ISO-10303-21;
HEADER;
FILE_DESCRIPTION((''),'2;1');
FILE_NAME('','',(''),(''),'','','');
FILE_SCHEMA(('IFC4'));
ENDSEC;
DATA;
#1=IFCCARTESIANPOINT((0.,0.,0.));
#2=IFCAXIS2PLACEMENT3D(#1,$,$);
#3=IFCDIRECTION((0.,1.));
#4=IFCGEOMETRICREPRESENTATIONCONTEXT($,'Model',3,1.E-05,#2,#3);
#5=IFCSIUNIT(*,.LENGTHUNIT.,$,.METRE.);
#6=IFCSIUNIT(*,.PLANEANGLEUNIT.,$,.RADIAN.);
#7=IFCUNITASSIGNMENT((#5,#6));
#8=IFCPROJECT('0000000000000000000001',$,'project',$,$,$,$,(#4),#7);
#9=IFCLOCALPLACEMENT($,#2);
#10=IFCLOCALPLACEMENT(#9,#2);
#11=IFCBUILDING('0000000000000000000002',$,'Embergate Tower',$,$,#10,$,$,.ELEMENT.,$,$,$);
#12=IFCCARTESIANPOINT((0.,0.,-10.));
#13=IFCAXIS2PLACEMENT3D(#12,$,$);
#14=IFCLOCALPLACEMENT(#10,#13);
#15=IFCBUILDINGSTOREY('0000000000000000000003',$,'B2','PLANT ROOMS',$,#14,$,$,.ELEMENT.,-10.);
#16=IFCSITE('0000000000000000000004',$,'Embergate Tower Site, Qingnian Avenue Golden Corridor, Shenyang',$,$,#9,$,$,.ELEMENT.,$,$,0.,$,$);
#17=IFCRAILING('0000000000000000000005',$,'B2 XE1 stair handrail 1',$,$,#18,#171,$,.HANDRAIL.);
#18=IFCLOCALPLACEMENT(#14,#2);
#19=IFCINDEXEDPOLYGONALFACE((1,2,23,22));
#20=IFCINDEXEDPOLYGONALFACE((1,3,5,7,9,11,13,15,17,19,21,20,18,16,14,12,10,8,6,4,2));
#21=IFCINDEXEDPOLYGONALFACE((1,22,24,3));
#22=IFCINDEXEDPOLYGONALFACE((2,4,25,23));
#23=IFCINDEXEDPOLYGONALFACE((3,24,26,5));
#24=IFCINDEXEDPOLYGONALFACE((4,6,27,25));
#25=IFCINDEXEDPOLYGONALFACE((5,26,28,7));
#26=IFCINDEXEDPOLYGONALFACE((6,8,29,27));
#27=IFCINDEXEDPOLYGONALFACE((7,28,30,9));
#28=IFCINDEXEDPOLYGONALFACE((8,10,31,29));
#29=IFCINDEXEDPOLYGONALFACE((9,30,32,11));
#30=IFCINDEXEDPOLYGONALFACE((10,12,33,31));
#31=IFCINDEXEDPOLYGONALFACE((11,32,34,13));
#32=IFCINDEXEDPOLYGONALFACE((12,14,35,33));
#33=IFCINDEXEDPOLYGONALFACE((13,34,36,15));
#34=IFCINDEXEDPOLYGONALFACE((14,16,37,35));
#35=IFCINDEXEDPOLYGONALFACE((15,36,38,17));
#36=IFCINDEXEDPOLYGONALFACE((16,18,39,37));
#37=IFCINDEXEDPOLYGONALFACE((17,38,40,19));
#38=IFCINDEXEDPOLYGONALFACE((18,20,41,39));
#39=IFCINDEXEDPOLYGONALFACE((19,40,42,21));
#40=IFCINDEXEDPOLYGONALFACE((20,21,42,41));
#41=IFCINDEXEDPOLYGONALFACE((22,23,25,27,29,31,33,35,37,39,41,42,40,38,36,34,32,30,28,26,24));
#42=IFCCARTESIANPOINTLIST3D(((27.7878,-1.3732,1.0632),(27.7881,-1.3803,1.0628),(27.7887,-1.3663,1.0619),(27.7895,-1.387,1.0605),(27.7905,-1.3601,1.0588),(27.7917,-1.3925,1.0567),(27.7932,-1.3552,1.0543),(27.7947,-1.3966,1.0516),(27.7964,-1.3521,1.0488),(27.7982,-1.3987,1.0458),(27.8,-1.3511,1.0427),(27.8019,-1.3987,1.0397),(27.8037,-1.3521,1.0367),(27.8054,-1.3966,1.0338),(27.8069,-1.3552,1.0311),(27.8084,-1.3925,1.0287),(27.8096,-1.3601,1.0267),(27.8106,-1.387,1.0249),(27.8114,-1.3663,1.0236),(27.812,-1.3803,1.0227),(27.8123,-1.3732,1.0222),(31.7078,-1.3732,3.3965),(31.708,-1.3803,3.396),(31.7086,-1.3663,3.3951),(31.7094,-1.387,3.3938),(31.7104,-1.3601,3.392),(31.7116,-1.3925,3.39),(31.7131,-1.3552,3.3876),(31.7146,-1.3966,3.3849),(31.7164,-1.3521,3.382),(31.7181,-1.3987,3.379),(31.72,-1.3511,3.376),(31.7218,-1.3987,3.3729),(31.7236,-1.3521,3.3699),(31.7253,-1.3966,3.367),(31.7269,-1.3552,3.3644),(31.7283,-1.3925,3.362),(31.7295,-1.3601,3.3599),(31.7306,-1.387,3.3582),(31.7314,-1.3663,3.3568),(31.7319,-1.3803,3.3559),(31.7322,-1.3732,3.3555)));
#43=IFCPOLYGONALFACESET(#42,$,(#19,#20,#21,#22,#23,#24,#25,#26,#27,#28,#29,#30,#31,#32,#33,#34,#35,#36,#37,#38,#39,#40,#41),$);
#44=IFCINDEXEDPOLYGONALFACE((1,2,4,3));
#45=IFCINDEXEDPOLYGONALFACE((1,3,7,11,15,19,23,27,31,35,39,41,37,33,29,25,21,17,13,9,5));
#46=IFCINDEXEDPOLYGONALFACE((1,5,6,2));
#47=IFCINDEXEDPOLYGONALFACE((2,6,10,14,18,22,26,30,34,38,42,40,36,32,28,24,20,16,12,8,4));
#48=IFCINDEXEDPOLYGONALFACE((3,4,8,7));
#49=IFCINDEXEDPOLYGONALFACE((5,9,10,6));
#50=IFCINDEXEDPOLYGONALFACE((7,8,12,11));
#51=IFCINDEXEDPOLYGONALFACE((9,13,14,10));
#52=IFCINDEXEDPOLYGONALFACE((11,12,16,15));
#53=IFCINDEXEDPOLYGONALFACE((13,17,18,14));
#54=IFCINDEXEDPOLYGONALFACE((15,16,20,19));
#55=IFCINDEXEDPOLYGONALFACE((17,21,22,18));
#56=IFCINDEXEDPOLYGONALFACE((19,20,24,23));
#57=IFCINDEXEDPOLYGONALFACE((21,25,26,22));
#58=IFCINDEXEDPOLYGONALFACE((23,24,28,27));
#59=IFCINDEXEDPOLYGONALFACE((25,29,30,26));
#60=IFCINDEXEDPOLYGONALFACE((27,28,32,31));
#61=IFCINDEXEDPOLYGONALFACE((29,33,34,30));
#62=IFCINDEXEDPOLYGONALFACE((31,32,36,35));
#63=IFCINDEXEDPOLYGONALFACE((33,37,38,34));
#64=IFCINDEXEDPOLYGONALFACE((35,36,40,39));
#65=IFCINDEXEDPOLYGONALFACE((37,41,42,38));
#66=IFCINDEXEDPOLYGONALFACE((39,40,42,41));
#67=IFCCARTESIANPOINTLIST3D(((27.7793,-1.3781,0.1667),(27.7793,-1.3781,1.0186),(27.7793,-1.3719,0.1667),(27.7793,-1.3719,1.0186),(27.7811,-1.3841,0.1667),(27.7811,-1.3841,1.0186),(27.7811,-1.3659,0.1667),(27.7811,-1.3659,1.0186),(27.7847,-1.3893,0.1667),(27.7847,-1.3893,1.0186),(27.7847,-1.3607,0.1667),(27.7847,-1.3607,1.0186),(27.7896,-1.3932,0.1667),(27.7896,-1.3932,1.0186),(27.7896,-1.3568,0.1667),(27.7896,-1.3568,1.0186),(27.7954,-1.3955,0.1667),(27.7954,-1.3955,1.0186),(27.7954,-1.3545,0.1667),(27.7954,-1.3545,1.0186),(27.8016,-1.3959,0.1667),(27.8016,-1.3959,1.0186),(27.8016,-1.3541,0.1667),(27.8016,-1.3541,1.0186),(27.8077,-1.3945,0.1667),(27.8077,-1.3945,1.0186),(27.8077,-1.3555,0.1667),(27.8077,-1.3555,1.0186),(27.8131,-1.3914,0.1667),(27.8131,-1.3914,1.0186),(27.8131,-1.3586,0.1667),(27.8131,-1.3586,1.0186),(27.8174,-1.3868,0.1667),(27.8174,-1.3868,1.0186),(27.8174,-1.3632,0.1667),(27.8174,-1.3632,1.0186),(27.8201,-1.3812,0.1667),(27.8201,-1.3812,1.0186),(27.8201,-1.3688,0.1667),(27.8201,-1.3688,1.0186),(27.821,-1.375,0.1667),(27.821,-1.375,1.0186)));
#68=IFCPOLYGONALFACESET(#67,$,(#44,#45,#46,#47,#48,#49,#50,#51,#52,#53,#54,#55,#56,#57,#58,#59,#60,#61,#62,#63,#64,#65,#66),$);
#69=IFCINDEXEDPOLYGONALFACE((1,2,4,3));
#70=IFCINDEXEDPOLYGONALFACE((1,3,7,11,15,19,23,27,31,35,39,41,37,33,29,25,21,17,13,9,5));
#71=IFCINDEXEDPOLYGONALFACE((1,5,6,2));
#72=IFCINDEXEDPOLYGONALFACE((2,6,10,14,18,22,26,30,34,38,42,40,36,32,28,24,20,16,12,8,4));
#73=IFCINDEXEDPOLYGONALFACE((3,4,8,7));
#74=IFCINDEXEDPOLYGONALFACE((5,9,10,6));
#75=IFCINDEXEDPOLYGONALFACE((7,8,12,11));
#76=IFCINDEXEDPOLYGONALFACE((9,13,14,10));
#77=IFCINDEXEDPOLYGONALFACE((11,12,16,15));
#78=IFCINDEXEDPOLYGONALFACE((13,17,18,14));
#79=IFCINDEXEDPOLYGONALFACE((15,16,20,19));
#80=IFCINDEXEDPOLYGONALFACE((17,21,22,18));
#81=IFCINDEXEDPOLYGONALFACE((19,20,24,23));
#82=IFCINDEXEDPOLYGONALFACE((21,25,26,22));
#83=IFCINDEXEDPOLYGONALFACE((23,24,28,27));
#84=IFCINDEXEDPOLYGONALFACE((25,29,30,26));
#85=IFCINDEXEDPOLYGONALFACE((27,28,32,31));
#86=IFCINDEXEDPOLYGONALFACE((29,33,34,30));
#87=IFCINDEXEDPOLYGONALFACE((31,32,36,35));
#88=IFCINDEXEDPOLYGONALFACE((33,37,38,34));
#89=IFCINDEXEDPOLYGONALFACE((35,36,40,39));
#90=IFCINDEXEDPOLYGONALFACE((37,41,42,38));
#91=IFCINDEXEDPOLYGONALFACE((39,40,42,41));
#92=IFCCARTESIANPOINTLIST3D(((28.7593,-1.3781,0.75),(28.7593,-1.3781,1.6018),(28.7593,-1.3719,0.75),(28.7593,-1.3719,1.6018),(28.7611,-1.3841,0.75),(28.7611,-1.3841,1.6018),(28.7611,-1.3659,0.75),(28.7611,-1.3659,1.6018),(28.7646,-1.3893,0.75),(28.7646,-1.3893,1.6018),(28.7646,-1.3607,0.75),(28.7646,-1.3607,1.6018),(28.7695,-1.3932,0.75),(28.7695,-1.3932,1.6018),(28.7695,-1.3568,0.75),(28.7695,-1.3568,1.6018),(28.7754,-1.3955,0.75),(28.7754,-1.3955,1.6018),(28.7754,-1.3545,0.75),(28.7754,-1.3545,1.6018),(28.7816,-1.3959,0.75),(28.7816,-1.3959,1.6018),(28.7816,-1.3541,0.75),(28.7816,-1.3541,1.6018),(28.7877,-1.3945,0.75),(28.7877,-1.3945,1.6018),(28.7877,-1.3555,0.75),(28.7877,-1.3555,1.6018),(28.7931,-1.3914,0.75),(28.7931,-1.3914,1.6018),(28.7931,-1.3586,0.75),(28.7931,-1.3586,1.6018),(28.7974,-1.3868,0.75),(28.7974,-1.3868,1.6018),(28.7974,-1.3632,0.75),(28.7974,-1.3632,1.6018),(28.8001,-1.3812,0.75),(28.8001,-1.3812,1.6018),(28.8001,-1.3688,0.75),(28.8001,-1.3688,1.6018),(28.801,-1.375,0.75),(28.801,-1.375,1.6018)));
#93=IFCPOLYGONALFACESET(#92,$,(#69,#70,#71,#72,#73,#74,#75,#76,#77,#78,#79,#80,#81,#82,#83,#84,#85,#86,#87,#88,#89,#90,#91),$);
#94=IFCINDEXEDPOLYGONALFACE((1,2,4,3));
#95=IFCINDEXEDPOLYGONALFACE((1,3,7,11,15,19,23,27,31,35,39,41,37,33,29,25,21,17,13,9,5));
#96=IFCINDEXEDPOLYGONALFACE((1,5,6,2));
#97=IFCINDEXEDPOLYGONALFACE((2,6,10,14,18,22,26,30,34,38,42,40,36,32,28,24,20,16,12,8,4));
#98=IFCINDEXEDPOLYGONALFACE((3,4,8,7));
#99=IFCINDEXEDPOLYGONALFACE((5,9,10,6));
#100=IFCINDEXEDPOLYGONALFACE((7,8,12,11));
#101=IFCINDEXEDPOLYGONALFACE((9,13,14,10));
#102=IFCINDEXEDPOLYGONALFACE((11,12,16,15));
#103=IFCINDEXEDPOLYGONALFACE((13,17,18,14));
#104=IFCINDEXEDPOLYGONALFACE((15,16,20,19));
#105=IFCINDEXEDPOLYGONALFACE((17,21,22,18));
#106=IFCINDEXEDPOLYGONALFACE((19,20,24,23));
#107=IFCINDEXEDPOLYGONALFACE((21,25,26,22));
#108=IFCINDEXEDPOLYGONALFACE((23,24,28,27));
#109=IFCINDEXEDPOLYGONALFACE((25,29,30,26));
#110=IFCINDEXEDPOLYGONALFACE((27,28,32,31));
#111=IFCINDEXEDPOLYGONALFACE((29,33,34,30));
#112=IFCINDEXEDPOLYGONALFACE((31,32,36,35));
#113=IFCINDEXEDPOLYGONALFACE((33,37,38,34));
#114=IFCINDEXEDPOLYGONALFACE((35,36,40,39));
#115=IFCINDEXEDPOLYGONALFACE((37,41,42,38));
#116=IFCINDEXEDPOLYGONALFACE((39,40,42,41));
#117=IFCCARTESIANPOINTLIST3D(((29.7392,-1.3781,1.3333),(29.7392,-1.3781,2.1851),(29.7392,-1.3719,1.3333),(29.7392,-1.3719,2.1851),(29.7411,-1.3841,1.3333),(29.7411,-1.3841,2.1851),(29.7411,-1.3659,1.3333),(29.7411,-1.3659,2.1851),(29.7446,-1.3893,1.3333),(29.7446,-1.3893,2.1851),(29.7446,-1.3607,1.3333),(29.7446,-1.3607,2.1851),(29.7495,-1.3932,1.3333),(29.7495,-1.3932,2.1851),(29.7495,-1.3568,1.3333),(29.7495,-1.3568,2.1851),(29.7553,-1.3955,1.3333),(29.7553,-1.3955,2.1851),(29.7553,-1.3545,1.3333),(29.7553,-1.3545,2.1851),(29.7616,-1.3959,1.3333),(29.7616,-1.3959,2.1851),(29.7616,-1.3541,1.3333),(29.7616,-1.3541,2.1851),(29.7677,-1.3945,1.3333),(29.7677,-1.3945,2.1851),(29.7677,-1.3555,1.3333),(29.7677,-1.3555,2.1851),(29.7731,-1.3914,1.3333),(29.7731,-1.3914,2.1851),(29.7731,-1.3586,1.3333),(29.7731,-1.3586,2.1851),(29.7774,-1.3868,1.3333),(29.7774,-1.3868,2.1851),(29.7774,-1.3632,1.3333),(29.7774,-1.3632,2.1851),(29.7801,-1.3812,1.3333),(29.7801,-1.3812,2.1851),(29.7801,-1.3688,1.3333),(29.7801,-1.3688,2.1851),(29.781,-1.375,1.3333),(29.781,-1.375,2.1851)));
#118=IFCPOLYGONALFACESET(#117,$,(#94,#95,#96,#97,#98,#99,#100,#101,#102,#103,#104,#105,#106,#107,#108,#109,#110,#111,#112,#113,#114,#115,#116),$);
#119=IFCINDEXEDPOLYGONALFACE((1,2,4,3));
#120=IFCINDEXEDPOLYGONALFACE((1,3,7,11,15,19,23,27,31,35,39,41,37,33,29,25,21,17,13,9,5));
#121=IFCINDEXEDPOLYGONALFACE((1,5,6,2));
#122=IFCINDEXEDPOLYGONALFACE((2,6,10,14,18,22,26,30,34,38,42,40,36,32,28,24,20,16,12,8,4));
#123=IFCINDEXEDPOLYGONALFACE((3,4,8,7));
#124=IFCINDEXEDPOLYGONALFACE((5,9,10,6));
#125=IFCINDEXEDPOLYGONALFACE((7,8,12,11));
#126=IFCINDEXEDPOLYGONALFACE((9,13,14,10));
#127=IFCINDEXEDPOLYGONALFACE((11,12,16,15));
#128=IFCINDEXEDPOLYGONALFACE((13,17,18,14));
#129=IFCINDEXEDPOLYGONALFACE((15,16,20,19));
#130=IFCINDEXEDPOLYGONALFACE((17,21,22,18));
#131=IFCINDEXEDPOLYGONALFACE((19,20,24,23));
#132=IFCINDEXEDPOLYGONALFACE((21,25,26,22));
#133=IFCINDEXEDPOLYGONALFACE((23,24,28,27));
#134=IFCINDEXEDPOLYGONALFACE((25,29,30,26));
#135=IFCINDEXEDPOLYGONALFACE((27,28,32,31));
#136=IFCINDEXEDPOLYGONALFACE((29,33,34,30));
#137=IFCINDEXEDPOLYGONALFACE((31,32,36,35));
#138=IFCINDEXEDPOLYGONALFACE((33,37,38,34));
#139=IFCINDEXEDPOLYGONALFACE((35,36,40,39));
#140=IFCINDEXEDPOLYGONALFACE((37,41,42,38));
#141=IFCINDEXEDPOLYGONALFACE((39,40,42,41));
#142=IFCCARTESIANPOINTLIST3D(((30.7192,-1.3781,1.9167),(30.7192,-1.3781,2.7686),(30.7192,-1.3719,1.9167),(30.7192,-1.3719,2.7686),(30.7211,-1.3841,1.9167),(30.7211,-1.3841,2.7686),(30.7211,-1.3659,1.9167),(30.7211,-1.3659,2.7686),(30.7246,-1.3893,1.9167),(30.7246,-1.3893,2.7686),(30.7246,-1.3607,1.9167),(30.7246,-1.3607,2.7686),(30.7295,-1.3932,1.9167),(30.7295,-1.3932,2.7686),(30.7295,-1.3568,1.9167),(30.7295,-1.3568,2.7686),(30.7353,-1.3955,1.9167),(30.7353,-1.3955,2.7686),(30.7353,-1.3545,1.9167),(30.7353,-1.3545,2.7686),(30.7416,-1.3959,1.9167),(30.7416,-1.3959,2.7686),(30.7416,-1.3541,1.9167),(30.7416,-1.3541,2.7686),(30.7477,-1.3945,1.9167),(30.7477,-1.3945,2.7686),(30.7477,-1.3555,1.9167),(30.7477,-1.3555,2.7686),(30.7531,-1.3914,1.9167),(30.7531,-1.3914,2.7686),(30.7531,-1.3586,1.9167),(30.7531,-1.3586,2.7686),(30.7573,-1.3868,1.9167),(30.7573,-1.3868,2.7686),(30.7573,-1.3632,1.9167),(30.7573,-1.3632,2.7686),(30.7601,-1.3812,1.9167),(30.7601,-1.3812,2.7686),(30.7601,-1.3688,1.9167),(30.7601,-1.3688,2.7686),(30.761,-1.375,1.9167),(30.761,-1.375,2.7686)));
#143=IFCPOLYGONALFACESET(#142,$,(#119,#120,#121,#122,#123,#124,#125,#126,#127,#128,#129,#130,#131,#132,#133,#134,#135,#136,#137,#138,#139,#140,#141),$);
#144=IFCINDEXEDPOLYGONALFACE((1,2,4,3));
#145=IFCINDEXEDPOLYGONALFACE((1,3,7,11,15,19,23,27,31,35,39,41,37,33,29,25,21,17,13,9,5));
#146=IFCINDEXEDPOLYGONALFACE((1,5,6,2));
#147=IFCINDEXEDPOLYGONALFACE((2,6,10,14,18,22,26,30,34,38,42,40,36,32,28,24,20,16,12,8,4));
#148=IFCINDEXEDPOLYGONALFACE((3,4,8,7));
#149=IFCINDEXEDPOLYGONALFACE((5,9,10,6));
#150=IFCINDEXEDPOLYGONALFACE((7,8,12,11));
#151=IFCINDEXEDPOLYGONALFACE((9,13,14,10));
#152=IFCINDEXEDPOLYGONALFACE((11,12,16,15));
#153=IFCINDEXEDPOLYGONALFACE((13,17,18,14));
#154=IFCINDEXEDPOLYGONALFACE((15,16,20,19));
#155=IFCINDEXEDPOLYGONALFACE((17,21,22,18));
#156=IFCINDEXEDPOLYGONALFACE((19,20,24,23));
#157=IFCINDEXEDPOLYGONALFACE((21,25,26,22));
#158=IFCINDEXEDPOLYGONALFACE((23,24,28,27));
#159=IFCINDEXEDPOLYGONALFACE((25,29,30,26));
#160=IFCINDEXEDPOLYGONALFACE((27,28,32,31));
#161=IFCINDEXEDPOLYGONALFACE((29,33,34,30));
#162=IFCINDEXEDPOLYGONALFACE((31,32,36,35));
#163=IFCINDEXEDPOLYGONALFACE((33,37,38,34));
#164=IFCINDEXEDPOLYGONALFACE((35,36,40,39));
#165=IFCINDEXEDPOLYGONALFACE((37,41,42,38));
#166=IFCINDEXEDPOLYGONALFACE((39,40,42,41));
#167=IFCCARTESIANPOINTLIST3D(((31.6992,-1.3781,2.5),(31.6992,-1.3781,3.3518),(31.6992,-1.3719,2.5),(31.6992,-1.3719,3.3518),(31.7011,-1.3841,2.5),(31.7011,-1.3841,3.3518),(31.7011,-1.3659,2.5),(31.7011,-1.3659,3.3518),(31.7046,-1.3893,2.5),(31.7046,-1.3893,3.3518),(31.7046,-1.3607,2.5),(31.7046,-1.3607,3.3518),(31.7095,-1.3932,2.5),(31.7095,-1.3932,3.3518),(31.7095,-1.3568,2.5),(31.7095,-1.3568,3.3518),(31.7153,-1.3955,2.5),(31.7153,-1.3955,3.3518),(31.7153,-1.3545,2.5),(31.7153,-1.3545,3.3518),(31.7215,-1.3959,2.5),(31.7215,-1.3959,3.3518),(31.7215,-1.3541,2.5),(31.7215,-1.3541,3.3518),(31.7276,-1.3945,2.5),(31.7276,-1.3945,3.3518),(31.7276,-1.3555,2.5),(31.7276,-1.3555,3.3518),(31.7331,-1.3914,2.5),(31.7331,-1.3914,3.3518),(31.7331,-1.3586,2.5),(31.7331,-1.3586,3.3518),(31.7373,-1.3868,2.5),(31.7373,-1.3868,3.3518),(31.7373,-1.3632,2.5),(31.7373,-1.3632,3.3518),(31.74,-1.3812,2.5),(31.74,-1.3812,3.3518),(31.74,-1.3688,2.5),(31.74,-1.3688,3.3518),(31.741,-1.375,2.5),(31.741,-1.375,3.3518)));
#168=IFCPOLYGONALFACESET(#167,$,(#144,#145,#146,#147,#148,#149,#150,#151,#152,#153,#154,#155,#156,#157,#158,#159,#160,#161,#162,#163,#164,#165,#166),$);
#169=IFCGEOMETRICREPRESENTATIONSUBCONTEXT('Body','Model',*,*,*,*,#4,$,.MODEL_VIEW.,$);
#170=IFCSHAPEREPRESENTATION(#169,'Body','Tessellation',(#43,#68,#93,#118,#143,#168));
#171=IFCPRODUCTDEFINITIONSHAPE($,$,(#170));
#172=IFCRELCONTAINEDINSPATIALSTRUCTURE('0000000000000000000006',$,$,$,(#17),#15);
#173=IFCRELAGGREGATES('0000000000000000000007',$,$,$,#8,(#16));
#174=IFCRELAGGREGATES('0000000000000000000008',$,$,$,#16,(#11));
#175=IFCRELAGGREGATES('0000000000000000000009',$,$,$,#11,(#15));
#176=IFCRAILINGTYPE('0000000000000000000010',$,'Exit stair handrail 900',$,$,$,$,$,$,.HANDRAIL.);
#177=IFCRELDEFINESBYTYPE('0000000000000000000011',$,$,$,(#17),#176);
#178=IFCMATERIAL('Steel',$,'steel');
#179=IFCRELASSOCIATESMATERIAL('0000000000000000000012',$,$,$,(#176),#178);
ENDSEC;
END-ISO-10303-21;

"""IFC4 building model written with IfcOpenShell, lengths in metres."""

from ifc_helpers import new_model, si_unit, direction, frame, origin, origin_2d, place, context, subcontext, project, spatial, circle, extrude, source, transform, mapped, material, type_object, element, save


model = new_model("IFC4")

# Units and contexts
model_context = context("Model", 3, precision=1e-05, world=origin(), true_north=direction((0.0, 1.0)))
body_context = subcontext(model_context, "Body", "Model", "MODEL_VIEW")
ifc_project = project(units=[si_unit("LENGTHUNIT", "METRE"), si_unit("PLANEANGLEUNIT", "RADIAN")], contexts=[model_context])

# Site, building, storey
site_placement = place(None, origin())
site = spatial("IfcSite", under=ifc_project, at=site_placement, Name="Embergate Tower Site, Qingnian Avenue Golden Corridor, Shenyang", CompositionType="ELEMENT", RefElevation=0.0)
building_placement = place(site_placement, origin())
building = spatial("IfcBuilding", under=site, at=building_placement, Name="Embergate Tower", CompositionType="ELEMENT")
storey_placement = place(building_placement, frame((0.0, 0.0, -10.0)))
storey = spatial("IfcBuildingStorey", under=building, at=storey_placement, Name="B2", Description="PLANT ROOMS", CompositionType="ELEMENT", Elevation=-10.0)

# Railing
ifc_material_1 = material(Name="Steel", Category="steel")
railing_type_1 = type_object("IfcRailingType", Name="Exit stair handrail 900", PredefinedType="HANDRAIL", material=ifc_material_1)
shared_shape_1 = source(origin(), body_context, "Body", "SweptSolid", [
    extrude(circle(Radius=0.0239, at=origin_2d()), frame((0.0, 0.0, 0.876), z_axis=(0.859296, 0.0, 0.511478), x_axis=(0.0, 1.0, 0.0)), (0.0, 0.0, 1.0), 4.5618),
    extrude(circle(Radius=0.021, at=origin_2d()), origin(), (0.0, 0.0, 1.0), 0.8518),
    extrude(circle(Radius=0.021, at=origin_2d()), frame((0.98, 0.0, 0.5833)), (0.0, 0.0, 1.0), 0.8518),
    extrude(circle(Radius=0.021, at=origin_2d()), frame((1.96, 0.0, 1.1665)), (0.0, 0.0, 1.0), 0.8518),
    extrude(circle(Radius=0.021, at=origin_2d()), frame((2.9399, 0.0, 1.75)), (0.0, 0.0, 1.0), 0.8518),
    extrude(circle(Radius=0.021, at=origin_2d()), frame((3.9199, 0.0, 2.3333)), (0.0, 0.0, 1.0), 0.8518),
])
railing_1_placement = place(storey_placement, frame((27.8, -1.375, 0.1667)))
element("IfcRailing", 1, at=railing_1_placement, inside=storey, type_object=railing_type_1, Name="B2 XE1 stair handrail 1", PredefinedType="HANDRAIL", context=body_context, shape_type="MappedRepresentation", body=[
    mapped(shared_shape_1, transform((0.0, 0.0, 0.0))),
])

save(model, "model.ifc")
